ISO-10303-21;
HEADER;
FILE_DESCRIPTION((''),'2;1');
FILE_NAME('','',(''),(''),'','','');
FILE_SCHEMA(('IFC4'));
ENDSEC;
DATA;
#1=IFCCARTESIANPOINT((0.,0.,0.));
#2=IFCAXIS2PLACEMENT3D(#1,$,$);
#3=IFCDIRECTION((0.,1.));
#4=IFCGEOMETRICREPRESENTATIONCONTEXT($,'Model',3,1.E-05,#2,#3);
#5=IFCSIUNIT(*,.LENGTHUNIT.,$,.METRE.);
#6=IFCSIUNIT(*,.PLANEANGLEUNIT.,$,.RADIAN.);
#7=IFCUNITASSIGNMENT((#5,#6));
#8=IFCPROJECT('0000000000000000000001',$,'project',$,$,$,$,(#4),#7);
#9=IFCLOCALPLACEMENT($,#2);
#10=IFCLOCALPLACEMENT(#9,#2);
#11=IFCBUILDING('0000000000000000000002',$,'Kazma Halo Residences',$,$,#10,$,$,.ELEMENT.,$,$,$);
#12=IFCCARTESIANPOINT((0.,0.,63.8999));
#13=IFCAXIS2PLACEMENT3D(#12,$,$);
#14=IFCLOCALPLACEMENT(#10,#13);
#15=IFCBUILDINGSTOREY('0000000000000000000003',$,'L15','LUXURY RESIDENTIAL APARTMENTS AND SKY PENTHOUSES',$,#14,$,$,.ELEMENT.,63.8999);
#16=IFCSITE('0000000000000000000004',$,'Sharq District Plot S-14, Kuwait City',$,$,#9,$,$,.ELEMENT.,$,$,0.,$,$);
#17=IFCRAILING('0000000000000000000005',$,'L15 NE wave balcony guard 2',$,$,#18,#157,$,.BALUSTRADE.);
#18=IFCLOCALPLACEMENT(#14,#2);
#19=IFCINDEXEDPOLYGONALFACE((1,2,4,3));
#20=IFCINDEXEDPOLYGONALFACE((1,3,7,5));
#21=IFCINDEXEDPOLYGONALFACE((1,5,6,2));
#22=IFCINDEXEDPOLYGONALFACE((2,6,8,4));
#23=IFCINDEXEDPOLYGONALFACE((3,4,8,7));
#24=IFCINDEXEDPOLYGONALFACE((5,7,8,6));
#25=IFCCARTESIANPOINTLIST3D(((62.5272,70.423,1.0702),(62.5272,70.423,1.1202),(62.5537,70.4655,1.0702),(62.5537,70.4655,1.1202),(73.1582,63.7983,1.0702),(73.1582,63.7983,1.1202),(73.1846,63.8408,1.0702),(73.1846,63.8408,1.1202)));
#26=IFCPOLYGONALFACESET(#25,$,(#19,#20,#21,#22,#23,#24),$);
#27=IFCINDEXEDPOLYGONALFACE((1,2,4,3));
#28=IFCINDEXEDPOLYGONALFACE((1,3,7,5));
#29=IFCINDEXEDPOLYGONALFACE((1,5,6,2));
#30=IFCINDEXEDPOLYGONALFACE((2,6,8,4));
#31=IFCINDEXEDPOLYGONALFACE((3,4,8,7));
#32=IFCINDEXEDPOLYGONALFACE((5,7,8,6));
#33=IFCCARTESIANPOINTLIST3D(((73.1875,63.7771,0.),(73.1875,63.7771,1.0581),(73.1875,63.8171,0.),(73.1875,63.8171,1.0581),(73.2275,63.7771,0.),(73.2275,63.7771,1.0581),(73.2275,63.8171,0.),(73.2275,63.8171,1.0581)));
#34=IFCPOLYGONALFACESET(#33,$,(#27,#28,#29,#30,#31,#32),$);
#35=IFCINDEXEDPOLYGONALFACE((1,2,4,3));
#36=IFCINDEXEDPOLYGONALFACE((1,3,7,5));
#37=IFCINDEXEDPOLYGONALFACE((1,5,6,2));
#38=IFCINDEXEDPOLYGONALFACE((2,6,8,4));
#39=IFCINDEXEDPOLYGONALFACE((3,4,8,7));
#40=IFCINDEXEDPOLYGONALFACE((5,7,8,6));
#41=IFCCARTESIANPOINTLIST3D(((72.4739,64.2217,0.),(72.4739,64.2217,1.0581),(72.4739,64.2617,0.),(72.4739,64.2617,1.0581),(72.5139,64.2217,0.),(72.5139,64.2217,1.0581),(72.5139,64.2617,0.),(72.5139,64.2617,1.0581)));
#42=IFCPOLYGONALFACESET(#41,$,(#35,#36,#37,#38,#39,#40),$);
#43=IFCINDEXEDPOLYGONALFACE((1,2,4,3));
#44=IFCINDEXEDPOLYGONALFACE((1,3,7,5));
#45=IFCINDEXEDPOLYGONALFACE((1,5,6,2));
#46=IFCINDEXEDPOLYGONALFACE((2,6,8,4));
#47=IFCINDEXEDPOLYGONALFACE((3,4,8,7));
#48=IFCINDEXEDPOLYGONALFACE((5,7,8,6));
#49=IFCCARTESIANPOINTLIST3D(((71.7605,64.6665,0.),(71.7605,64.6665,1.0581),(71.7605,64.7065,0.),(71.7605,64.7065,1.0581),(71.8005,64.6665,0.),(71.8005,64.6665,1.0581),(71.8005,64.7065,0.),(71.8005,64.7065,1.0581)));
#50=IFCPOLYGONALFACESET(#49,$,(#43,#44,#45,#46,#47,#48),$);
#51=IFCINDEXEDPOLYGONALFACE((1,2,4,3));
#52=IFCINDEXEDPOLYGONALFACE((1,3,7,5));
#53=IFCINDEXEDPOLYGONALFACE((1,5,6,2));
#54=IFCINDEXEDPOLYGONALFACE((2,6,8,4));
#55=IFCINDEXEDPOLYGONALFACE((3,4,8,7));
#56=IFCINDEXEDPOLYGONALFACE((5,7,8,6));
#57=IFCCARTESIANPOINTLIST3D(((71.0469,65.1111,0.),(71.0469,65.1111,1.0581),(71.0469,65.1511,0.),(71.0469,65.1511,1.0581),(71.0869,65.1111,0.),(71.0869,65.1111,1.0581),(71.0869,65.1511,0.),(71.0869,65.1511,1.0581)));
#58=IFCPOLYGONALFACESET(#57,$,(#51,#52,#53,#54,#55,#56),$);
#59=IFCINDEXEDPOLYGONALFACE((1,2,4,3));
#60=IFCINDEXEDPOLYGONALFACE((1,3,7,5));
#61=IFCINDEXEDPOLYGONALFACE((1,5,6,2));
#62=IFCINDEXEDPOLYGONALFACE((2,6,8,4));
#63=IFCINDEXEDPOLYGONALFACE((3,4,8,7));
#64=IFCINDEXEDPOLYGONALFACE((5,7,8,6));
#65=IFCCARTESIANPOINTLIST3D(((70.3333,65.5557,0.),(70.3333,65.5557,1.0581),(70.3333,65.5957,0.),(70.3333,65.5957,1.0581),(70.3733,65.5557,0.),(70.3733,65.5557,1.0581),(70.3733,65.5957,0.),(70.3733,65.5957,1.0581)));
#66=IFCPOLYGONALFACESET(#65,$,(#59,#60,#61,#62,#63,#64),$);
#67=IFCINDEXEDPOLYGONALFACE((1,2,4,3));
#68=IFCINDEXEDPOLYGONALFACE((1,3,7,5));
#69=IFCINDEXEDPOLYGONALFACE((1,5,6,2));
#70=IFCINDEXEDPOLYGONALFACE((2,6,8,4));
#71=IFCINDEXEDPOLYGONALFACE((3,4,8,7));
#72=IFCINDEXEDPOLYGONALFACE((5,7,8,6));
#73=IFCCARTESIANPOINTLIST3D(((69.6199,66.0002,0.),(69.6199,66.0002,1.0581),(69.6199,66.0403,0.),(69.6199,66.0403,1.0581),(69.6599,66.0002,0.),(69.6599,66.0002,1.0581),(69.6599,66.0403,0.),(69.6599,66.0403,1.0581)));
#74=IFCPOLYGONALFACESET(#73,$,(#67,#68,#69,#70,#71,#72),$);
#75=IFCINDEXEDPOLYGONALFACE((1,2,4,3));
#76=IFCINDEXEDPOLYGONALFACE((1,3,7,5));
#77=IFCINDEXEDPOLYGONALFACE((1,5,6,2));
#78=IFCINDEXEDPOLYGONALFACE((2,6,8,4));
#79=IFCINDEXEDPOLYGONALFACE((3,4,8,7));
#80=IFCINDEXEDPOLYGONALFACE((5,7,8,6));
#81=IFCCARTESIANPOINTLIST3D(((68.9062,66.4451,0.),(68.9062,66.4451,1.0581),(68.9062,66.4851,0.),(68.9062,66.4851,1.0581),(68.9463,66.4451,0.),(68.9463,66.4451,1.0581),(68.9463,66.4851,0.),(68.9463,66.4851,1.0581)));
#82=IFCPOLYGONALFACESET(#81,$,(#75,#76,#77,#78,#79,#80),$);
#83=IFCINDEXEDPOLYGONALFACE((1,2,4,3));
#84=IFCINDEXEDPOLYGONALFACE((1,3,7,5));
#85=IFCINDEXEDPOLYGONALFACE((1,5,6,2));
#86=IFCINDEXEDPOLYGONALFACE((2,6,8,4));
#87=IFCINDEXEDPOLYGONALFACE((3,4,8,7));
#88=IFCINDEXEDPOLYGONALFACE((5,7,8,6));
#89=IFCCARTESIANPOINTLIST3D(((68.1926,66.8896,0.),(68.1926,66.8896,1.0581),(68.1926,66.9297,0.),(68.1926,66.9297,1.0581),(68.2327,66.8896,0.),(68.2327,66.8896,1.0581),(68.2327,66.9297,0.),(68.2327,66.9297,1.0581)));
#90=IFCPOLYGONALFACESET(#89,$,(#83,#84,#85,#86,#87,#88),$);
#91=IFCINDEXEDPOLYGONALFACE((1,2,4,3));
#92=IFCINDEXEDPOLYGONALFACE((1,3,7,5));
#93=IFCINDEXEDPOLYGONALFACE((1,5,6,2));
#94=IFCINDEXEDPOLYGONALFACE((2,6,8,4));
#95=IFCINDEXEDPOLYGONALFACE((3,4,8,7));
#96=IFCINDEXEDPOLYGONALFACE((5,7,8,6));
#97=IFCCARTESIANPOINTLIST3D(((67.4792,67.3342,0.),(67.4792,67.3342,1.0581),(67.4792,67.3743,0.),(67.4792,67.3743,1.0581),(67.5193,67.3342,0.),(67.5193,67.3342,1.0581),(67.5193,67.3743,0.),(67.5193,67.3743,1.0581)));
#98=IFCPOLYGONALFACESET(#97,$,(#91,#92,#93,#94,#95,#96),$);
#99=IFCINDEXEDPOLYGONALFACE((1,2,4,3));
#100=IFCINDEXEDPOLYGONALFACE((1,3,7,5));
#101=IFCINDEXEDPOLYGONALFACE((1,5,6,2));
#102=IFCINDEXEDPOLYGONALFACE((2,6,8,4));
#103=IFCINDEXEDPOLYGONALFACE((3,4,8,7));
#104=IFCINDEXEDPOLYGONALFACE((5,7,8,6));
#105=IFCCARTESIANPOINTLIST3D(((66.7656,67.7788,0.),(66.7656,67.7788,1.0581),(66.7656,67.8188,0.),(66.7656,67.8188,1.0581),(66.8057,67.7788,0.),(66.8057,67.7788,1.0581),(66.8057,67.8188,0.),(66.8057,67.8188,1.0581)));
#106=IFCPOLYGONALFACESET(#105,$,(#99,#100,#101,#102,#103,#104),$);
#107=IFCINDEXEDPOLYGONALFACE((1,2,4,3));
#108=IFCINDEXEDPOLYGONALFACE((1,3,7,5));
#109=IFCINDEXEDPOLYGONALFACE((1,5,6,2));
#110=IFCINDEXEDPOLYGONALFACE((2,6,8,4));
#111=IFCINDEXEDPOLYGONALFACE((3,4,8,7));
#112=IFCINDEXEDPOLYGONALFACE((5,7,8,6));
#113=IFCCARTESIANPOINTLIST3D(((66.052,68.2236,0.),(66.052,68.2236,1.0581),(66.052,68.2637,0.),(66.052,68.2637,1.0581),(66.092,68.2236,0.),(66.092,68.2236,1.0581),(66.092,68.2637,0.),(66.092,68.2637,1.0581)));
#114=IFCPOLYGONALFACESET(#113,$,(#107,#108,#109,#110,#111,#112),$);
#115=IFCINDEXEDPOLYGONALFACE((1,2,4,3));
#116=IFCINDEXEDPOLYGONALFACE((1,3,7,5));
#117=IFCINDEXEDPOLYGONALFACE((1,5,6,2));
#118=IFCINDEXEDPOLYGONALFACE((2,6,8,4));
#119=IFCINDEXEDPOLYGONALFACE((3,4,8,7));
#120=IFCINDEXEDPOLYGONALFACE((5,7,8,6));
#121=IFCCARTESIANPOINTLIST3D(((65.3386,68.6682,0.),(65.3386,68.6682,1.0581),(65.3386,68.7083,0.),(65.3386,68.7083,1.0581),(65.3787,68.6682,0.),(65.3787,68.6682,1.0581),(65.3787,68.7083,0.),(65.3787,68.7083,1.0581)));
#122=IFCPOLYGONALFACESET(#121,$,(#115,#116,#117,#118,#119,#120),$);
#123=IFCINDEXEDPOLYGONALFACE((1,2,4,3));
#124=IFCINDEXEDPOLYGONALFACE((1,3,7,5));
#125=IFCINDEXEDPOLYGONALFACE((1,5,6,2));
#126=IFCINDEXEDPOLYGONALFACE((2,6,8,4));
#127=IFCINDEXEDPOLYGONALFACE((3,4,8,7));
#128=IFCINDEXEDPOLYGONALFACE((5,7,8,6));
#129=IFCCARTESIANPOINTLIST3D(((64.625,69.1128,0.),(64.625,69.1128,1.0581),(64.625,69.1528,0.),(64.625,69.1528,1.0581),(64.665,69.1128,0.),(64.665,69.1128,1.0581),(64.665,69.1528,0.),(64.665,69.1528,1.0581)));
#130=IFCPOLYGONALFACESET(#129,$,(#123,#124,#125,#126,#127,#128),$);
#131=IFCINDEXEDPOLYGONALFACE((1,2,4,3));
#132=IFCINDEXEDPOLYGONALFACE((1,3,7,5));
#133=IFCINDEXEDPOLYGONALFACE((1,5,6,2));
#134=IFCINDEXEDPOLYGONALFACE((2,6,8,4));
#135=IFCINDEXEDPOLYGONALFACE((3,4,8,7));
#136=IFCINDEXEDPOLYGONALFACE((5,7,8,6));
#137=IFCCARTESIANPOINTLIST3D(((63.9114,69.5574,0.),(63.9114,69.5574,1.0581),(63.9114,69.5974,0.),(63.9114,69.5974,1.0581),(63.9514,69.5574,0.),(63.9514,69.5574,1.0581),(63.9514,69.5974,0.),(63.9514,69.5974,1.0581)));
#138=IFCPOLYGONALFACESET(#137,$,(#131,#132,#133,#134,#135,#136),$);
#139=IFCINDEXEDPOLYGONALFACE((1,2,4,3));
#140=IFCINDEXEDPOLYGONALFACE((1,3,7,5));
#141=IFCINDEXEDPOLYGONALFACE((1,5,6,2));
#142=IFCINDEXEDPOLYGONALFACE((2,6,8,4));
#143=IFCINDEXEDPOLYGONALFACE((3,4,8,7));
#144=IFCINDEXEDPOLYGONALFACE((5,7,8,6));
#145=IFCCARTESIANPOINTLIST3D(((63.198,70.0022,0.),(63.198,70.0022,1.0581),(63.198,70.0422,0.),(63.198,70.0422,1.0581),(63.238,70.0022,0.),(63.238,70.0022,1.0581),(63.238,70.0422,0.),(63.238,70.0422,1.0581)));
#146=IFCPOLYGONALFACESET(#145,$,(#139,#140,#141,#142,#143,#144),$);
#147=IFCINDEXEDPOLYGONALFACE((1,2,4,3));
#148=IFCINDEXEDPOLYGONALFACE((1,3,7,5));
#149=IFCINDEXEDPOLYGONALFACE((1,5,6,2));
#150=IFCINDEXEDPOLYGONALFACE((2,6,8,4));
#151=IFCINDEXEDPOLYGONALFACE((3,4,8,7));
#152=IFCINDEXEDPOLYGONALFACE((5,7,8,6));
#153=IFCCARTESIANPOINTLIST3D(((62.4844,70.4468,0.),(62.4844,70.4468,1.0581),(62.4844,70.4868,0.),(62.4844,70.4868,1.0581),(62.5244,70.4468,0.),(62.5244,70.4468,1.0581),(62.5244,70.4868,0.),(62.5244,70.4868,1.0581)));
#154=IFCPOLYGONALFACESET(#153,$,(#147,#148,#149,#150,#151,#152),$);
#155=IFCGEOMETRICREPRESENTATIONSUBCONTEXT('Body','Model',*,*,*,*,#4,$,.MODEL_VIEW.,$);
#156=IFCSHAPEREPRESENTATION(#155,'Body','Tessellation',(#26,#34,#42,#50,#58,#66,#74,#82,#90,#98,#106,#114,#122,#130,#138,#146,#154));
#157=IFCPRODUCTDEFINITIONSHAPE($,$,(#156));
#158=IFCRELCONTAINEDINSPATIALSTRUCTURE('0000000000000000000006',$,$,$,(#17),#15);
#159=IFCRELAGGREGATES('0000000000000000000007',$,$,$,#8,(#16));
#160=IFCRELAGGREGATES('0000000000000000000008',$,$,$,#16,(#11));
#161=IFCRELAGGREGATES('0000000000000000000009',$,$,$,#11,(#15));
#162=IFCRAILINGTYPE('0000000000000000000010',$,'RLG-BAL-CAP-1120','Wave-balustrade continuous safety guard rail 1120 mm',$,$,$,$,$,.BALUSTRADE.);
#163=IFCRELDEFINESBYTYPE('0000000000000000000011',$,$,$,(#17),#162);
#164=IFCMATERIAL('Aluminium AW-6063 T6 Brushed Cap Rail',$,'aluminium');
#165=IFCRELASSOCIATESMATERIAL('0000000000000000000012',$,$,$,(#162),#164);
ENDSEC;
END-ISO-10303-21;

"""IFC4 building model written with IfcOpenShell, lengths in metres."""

from ifc_helpers import new_model, si_unit, direction, frame, origin, origin_2d, place, context, subcontext, project, spatial, rectangle, extrude, material, type_object, element, save


model = new_model("IFC4")

# Units and contexts
model_context = context("Model", 3, precision=1e-05, world=origin(), true_north=direction((0.0, 1.0)))
body_context = subcontext(model_context, "Body", "Model", "MODEL_VIEW")
ifc_project = project(units=[si_unit("LENGTHUNIT", "METRE"), si_unit("PLANEANGLEUNIT", "RADIAN")], contexts=[model_context])

# Site, building, storey
site_placement = place(None, origin())
site = spatial("IfcSite", under=ifc_project, at=site_placement, Name="Sharq District Plot S-14, Kuwait City", CompositionType="ELEMENT", RefElevation=0.0)
building_placement = place(site_placement, origin())
building = spatial("IfcBuilding", under=site, at=building_placement, Name="Kazma Halo Residences", CompositionType="ELEMENT")
storey_placement = place(building_placement, frame((0.0, 0.0, 63.8999)))
storey = spatial("IfcBuildingStorey", under=building, at=storey_placement, Name="L15", Description="LUXURY RESIDENTIAL APARTMENTS AND SKY PENTHOUSES", CompositionType="ELEMENT", Elevation=63.8999)

# Railing
ifc_material_1 = material(Name="Aluminium AW-6063 T6 Brushed Cap Rail", Category="aluminium")
railing_type = type_object("IfcRailingType", Name="RLG-BAL-CAP-1120", Description="Wave-balustrade continuous safety guard rail 1120 mm", PredefinedType="BALUSTRADE", material=ifc_material_1)
railing_1_placement = place(storey_placement, frame((73.2075, 63.7971, 0.0)))
element("IfcRailing", 1, at=railing_1_placement, inside=storey, type_object=railing_type, Name="L15 NE wave balcony guard 2", PredefinedType="BALUSTRADE", context=body_context, shape_type="SweptSolid", body=[
    extrude(rectangle(XDim=0.05, YDim=0.05, at=origin_2d()), frame((-0.0361, 0.0225, 1.0952), z_axis=(-0.848702, 0.528871, 0.0), x_axis=(-0.528871, -0.848702, 0.0)), (0.0, 0.0, 1.0), 12.5261),
    extrude(rectangle(XDim=0.04, YDim=0.04, at=origin_2d()), origin(), (0.0, 0.0, 1.0), 1.0581),
    extrude(rectangle(XDim=0.04, YDim=0.04, at=origin_2d()), frame((-0.7136, 0.4446, 0.0)), (0.0, 0.0, 1.0), 1.0581),
    extrude(rectangle(XDim=0.04, YDim=0.04, at=origin_2d()), frame((-1.427, 0.8894, 0.0)), (0.0, 0.0, 1.0), 1.0581),
    extrude(rectangle(XDim=0.04, YDim=0.04, at=origin_2d()), frame((-2.1406, 1.334, 0.0)), (0.0, 0.0, 1.0), 1.0581),
    extrude(rectangle(XDim=0.04, YDim=0.04, at=origin_2d()), frame((-2.8542, 1.7786, 0.0)), (0.0, 0.0, 1.0), 1.0581),
    extrude(rectangle(XDim=0.04, YDim=0.04, at=origin_2d()), frame((-3.5676, 2.2231, 0.0)), (0.0, 0.0, 1.0), 1.0581),
    extrude(rectangle(XDim=0.04, YDim=0.04, at=origin_2d()), frame((-4.2812, 2.668, 0.0)), (0.0, 0.0, 1.0), 1.0581),
    extrude(rectangle(XDim=0.04, YDim=0.04, at=origin_2d()), frame((-4.9949, 3.1125, 0.0)), (0.0, 0.0, 1.0), 1.0581),
    extrude(rectangle(XDim=0.04, YDim=0.04, at=origin_2d()), frame((-5.7083, 3.5571, 0.0)), (0.0, 0.0, 1.0), 1.0581),
    extrude(rectangle(XDim=0.04, YDim=0.04, at=origin_2d()), frame((-6.4219, 4.0017, 0.0)), (0.0, 0.0, 1.0), 1.0581),
    extrude(rectangle(XDim=0.04, YDim=0.04, at=origin_2d()), frame((-7.1355, 4.4465, 0.0)), (0.0, 0.0, 1.0), 1.0581),
    extrude(rectangle(XDim=0.04, YDim=0.04, at=origin_2d()), frame((-7.8489, 4.8911, 0.0)), (0.0, 0.0, 1.0), 1.0581),
    extrude(rectangle(XDim=0.04, YDim=0.04, at=origin_2d()), frame((-8.5625, 5.3357, 0.0)), (0.0, 0.0, 1.0), 1.0581),
    extrude(rectangle(XDim=0.04, YDim=0.04, at=origin_2d()), frame((-9.2761, 5.7803, 0.0)), (0.0, 0.0, 1.0), 1.0581),
    extrude(rectangle(XDim=0.04, YDim=0.04, at=origin_2d()), frame((-9.9895, 6.2251, 0.0)), (0.0, 0.0, 1.0), 1.0581),
    extrude(rectangle(XDim=0.04, YDim=0.04, at=origin_2d()), frame((-10.7031, 6.6697, 0.0)), (0.0, 0.0, 1.0), 1.0581),
])

save(model, "model.ifc")
